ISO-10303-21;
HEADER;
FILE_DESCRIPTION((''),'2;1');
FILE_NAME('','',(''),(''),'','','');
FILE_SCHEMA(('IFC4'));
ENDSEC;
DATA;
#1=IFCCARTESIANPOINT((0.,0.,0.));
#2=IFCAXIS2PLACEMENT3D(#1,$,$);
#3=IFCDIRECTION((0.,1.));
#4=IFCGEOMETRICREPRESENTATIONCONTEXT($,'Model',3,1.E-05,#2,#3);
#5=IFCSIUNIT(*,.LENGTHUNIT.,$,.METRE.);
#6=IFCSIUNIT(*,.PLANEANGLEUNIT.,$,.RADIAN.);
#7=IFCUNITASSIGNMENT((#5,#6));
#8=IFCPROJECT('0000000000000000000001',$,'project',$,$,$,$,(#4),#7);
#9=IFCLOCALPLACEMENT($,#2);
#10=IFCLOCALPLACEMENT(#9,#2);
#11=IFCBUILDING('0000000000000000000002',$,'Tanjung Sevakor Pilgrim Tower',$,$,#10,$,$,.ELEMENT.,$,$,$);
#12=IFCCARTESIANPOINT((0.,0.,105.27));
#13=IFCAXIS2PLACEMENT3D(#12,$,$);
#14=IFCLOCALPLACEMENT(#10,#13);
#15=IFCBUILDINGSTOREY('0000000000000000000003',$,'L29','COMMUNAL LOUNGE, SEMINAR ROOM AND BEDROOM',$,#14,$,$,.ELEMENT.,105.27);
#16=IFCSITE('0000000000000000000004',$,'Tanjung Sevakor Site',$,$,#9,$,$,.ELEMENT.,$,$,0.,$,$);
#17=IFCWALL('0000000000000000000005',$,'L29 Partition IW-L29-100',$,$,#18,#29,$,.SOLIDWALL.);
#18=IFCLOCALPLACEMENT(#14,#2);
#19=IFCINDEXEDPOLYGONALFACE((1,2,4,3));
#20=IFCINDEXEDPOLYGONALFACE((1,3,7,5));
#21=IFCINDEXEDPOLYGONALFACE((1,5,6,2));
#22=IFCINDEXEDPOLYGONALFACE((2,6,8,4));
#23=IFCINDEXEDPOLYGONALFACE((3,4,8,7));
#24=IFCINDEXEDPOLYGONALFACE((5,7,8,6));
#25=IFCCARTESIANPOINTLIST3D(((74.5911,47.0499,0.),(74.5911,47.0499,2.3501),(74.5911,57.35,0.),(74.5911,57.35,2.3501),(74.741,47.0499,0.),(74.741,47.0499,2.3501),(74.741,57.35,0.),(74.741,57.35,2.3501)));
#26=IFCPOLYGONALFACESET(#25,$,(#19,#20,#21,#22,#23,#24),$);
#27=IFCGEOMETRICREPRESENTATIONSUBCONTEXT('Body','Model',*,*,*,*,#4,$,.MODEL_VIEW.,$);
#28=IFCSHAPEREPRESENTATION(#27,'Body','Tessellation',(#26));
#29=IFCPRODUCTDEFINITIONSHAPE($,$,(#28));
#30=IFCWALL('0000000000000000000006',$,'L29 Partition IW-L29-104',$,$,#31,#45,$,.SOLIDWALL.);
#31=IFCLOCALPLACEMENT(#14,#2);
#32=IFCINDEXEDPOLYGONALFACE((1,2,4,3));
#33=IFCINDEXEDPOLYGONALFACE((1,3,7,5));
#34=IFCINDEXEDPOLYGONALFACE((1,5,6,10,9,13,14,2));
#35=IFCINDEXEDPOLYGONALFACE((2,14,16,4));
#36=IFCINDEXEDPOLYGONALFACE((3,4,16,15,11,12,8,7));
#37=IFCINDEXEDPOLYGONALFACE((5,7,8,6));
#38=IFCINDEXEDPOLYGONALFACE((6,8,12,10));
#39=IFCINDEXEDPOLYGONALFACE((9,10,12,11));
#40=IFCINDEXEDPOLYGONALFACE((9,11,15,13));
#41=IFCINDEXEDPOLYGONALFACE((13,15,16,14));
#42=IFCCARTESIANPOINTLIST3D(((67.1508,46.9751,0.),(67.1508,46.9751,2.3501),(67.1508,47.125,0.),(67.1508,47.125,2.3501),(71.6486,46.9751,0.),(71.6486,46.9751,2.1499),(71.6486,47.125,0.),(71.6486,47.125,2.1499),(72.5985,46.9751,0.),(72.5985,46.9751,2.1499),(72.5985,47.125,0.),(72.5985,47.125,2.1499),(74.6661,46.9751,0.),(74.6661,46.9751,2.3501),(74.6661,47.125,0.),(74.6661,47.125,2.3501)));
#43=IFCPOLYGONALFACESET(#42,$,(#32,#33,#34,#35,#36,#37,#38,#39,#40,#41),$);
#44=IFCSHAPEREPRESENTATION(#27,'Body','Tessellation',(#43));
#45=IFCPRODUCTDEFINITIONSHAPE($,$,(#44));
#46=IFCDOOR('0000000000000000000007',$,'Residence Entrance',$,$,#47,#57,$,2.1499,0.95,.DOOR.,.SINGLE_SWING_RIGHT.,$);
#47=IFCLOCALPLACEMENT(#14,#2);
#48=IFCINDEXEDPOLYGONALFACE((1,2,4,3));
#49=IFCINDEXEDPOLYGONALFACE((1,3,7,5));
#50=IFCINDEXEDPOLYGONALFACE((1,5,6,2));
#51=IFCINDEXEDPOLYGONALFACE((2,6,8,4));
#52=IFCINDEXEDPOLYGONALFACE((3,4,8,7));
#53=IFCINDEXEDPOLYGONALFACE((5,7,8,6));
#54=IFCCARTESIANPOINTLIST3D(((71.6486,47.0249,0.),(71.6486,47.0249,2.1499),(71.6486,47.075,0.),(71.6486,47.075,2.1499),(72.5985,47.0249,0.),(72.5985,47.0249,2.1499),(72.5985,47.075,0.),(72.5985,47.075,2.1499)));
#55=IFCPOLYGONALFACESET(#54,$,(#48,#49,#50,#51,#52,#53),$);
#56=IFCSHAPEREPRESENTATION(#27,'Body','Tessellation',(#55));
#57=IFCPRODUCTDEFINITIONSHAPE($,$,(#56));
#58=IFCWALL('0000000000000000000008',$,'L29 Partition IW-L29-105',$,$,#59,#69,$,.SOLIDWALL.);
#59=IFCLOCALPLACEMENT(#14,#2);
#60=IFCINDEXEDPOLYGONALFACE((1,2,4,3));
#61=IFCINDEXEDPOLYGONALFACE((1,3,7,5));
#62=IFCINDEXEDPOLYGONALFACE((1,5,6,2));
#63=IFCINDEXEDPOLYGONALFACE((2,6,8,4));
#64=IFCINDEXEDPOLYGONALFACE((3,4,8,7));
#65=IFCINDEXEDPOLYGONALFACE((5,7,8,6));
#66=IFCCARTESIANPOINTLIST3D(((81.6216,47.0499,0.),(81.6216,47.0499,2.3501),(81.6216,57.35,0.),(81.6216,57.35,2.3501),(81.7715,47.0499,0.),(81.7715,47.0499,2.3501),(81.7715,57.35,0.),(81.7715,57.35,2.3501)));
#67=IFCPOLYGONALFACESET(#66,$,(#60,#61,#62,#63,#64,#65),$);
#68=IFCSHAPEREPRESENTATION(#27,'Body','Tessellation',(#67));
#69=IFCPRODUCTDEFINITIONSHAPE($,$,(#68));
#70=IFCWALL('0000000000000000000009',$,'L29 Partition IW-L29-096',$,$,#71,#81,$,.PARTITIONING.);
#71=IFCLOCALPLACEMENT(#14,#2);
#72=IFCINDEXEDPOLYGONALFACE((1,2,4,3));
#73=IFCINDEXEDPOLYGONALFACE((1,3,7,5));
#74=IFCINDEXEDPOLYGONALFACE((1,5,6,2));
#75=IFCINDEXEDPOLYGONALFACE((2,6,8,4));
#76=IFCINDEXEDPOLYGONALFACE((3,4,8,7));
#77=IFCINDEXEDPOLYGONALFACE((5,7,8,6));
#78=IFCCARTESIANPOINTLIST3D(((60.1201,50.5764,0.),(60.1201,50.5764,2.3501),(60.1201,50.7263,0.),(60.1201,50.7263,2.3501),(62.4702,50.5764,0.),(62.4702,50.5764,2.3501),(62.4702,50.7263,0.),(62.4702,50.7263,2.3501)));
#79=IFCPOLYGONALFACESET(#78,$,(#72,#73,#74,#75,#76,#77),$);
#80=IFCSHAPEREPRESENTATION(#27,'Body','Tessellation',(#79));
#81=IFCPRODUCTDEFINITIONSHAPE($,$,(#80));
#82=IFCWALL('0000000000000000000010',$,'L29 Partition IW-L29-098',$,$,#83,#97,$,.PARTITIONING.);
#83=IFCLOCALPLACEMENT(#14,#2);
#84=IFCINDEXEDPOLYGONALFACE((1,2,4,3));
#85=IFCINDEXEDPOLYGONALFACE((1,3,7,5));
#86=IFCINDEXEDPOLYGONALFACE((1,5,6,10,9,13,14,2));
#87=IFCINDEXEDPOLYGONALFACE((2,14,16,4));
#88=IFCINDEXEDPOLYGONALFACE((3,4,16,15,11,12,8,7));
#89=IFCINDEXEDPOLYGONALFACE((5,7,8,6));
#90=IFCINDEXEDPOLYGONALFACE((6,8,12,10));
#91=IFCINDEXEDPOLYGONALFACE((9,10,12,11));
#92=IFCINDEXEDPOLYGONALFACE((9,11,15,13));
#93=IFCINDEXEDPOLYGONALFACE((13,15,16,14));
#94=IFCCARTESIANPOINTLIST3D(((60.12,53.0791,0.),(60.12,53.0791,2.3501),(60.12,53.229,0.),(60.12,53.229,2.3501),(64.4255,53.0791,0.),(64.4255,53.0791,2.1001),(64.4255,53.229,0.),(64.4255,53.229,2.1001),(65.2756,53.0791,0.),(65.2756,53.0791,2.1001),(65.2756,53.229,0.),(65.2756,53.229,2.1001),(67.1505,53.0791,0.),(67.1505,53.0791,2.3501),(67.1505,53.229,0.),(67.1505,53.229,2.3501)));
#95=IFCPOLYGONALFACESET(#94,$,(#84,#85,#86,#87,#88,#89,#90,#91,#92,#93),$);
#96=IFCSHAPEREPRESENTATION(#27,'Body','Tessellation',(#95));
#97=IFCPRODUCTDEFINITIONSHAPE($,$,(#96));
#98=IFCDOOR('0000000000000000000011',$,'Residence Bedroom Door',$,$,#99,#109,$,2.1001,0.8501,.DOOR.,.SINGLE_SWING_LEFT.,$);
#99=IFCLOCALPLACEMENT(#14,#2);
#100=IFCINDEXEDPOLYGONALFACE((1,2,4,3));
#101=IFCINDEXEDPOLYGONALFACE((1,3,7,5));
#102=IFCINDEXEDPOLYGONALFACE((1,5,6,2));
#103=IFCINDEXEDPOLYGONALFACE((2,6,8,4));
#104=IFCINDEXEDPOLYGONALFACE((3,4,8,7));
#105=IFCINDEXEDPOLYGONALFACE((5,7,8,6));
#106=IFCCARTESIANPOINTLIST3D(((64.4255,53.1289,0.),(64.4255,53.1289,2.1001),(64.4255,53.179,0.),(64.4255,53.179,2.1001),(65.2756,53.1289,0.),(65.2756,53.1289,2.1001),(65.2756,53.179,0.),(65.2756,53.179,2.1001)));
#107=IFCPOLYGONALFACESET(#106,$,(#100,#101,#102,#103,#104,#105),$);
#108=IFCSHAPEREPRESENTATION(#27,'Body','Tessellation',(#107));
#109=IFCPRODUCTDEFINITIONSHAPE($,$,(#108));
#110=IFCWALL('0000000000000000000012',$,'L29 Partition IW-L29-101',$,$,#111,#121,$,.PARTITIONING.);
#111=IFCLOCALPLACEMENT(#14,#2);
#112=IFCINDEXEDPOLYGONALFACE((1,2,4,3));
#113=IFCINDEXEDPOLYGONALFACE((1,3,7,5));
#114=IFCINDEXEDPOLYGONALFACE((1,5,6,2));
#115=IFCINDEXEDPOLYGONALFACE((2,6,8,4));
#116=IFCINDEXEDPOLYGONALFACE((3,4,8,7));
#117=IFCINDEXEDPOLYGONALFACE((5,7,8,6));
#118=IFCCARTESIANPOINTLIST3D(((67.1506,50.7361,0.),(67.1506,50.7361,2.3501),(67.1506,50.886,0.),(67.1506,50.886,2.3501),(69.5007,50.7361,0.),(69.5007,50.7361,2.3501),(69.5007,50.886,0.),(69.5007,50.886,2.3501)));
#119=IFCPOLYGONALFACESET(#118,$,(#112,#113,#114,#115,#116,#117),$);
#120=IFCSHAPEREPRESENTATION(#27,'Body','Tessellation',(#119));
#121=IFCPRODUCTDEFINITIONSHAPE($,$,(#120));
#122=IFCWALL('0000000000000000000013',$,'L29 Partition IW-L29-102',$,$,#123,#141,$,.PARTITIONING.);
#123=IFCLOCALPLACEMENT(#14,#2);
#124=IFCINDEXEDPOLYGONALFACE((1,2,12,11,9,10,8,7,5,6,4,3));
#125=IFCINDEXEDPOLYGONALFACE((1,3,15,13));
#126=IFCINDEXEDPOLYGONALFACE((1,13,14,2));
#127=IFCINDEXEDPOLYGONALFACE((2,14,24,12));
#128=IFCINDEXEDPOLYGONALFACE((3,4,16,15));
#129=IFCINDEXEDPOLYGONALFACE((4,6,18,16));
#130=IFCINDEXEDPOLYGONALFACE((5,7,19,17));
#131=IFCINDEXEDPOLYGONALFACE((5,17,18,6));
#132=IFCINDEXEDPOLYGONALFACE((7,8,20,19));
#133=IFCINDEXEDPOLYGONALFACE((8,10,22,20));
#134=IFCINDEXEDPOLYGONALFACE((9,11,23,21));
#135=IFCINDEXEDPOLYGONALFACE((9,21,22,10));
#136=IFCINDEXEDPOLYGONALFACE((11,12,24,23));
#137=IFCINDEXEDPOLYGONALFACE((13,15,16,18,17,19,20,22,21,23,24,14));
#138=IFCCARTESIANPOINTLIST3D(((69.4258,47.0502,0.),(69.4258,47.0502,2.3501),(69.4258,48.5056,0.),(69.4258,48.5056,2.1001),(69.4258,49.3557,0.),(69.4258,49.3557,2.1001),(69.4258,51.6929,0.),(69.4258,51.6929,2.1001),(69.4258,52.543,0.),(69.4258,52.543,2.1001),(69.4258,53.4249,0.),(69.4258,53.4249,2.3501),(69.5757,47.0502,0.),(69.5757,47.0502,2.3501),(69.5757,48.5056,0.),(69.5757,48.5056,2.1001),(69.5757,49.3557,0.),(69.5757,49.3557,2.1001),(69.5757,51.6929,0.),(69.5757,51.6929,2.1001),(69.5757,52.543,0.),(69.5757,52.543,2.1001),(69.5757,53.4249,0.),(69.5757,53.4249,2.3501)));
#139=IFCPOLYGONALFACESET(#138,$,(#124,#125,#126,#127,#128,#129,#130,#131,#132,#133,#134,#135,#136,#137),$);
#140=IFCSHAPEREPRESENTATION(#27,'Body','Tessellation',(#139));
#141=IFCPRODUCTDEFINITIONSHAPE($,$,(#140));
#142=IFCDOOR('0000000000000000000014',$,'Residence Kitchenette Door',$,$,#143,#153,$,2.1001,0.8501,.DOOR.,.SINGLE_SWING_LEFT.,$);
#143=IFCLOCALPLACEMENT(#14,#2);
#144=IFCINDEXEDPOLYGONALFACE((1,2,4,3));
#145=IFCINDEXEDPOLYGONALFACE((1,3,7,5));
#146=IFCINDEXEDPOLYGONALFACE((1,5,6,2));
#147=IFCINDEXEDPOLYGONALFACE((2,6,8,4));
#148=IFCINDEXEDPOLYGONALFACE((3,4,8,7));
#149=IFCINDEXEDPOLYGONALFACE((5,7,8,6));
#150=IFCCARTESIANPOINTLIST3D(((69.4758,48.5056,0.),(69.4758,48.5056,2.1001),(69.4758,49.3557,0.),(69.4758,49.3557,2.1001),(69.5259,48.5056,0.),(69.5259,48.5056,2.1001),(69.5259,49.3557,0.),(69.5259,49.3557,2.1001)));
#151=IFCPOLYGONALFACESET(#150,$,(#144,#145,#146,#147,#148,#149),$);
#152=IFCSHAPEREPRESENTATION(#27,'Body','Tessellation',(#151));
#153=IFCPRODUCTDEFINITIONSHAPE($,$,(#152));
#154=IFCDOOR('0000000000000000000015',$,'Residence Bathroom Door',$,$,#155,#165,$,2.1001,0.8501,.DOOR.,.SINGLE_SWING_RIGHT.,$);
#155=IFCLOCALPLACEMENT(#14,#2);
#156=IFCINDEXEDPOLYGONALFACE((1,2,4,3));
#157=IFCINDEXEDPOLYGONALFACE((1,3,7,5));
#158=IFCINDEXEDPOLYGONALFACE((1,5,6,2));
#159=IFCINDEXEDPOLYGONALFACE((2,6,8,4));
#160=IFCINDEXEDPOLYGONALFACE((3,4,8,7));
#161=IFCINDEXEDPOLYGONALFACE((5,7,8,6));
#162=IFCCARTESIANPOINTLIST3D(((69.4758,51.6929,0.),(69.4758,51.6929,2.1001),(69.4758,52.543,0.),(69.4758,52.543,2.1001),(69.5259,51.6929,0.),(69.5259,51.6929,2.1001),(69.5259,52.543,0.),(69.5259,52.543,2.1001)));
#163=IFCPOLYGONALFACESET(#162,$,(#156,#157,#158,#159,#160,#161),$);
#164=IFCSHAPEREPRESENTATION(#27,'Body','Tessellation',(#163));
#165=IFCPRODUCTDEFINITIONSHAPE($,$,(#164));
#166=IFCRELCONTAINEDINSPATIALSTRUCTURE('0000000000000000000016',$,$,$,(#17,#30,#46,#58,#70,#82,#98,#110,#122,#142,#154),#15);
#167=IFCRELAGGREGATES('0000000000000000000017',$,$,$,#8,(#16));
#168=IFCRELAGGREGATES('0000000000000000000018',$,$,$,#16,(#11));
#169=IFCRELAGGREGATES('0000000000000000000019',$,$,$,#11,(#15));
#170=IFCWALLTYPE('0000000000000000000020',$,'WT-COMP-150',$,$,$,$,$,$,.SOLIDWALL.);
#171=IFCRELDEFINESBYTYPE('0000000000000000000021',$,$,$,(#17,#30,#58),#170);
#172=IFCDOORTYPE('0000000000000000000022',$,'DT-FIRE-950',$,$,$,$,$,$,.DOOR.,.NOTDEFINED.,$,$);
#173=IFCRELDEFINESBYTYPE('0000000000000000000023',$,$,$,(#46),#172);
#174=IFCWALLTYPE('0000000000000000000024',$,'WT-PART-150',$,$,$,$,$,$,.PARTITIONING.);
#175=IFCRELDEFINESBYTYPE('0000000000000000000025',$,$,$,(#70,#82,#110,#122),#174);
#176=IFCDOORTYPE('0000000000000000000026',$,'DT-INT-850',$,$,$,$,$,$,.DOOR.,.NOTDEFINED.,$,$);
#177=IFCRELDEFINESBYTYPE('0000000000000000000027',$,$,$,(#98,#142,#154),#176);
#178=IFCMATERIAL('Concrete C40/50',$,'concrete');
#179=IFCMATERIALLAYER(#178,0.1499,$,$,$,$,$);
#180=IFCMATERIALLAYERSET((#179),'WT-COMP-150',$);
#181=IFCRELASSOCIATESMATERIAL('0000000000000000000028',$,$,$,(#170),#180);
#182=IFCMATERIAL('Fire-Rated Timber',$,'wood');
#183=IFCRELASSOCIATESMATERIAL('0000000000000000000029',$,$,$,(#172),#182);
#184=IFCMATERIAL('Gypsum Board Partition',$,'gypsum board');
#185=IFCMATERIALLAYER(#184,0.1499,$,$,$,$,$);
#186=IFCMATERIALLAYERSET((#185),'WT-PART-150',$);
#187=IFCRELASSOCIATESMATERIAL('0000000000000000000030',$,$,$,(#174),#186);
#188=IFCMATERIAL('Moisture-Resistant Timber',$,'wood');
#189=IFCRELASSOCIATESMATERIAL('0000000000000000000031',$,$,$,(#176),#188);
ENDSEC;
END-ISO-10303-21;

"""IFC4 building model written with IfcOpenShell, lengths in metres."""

from ifc_helpers import new_model, si_unit, direction, frame, frame_2d, origin, place, context, subcontext, project, spatial, rectangle, extrude, material, layer, layer_set, type_object, element, fill, save


model = new_model("IFC4")

# Units and contexts
model_context = context("Model", 3, precision=1e-05, world=origin(), true_north=direction((0.0, 1.0)))
body_context = subcontext(model_context, "Body", "Model", "MODEL_VIEW")
ifc_project = project(units=[si_unit("LENGTHUNIT", "METRE"), si_unit("PLANEANGLEUNIT", "RADIAN")], contexts=[model_context])

# Site, building, storey
site_placement = place(None, origin())
site = spatial("IfcSite", under=ifc_project, at=site_placement, Name="Tanjung Sevakor Site", CompositionType="ELEMENT", RefElevation=0.0)
building_placement = place(site_placement, origin())
building = spatial("IfcBuilding", under=site, at=building_placement, Name="Tanjung Sevakor Pilgrim Tower", CompositionType="ELEMENT")
storey_placement = place(building_placement, frame((0.0, 0.0, 105.27)))
storey = spatial("IfcBuildingStorey", under=building, at=storey_placement, Name="L29", Description="COMMUNAL LOUNGE, SEMINAR ROOM AND BEDROOM", CompositionType="ELEMENT", Elevation=105.27)

# Wall
ifc_material_1 = material(Name="Concrete C40/50", Category="concrete")
ifc_layer_1 = layer(ifc_material_1, 0.1499)
ifc_layer_set_1 = layer_set([ifc_layer_1], Name="WT-COMP-150")
wall_type_1 = type_object("IfcWallType", Name="WT-COMP-150", PredefinedType="SOLIDWALL", material=ifc_layer_set_1)
wall_1_placement = place(storey_placement, frame((74.666, 47.05, 0.0), z_axis=(0.0, 0.0, 1.0), x_axis=(0.0, 1.0, 0.0)))
element("IfcWall", 1, at=wall_1_placement, inside=storey, type_object=wall_type_1, Name="L29 Partition IW-L29-100", PredefinedType="SOLIDWALL", context=body_context, shape_type="SweptSolid", body=[
    extrude(rectangle(XDim=10.3, YDim=0.1499, at=frame_2d((5.1499, 0.0))), origin(), (0.0, 0.0, 1.0), 2.3501),
])

# Wall, opening, door
wall_2_placement = place(storey_placement, frame((67.1506, 47.05, 0.0), z_axis=(0.0, 0.0, 1.0), x_axis=(1.0, 0.0, 0.0)))
wall_2 = element("IfcWall", 2, at=wall_2_placement, inside=storey, type_object=wall_type_1, Name="L29 Partition IW-L29-104", PredefinedType="SOLIDWALL", context=body_context, shape_type="SweptSolid", body=[
    extrude(rectangle(XDim=7.5154, YDim=0.1499, at=frame_2d((3.7578, 0.0))), origin(), (0.0, 0.0, 1.0), 2.3501),
])
opening_1_placement = place(wall_2_placement, frame((4.4978, 0.0, 0.0)))
opening_1 = element("IfcOpeningElement", 3, at=opening_1_placement, cuts=wall_2, PredefinedType="OPENING", context=body_context, shape_type="SweptSolid", body=[
    extrude(rectangle(XDim=0.95, YDim=2.1499, at=frame_2d((0.4751, 1.075))), frame((0.0, 0.085, 0.0), z_axis=(0.0, -1.0, 0.0), x_axis=(1.0, 0.0, 0.0)), (0.0, 0.0, 1.0), 0.1699),
])
ifc_material_2 = material(Name="Fire-Rated Timber", Category="wood")
door_type_1 = type_object("IfcDoorType", Name="DT-FIRE-950", OperationType="NOTDEFINED", PredefinedType="DOOR", material=ifc_material_2)
door_1_placement = place(opening_1_placement, origin())
door_1 = element("IfcDoor", 4, at=door_1_placement, inside=storey, type_object=door_type_1, Name="Residence Entrance", OperationType="SINGLE_SWING_RIGHT", OverallHeight=2.1499, OverallWidth=0.95, PredefinedType="DOOR", context=body_context, shape_type="SweptSolid", body=[
    extrude(rectangle(XDim=0.95, YDim=2.1499, at=frame_2d((0.4751, 1.075))), frame((0.0, 0.0249, 0.0), z_axis=(0.0, -1.0, 0.0), x_axis=(1.0, 0.0, 0.0)), (0.0, 0.0, 1.0), 0.05),
])
fill(opening_1, door_1)

# Wall
wall_3_placement = place(storey_placement, frame((81.6965, 47.05, 0.0), z_axis=(0.0, 0.0, 1.0), x_axis=(0.0, 1.0, 0.0)))
element("IfcWall", 5, at=wall_3_placement, inside=storey, type_object=wall_type_1, Name="L29 Partition IW-L29-105", PredefinedType="SOLIDWALL", context=body_context, shape_type="SweptSolid", body=[
    extrude(rectangle(XDim=10.3, YDim=0.1499, at=frame_2d((5.1499, 0.0))), origin(), (0.0, 0.0, 1.0), 2.3501),
])

# Wall
ifc_material_3 = material(Name="Gypsum Board Partition", Category="gypsum board")
ifc_layer_2 = layer(ifc_material_3, 0.1499)
ifc_layer_set_2 = layer_set([ifc_layer_2], Name="WT-PART-150")
wall_type_2 = type_object("IfcWallType", Name="WT-PART-150", PredefinedType="PARTITIONING", material=ifc_layer_set_2)
wall_4_placement = place(storey_placement, frame((60.1201, 50.6514, 0.0), z_axis=(0.0, 0.0, 1.0), x_axis=(1.0, 0.0, 0.0)))
element("IfcWall", 6, at=wall_4_placement, inside=storey, type_object=wall_type_2, Name="L29 Partition IW-L29-096", PredefinedType="PARTITIONING", context=body_context, shape_type="SweptSolid", body=[
    extrude(rectangle(XDim=2.3501, YDim=0.1499, at=frame_2d((1.175, 0.0))), origin(), (0.0, 0.0, 1.0), 2.3501),
])

# Wall, opening, door
wall_5_placement = place(storey_placement, frame((60.1201, 53.1541, 0.0), z_axis=(0.0, 0.0, 1.0), x_axis=(1.0, 0.0, 0.0)))
wall_5 = element("IfcWall", 7, at=wall_5_placement, inside=storey, type_object=wall_type_2, Name="L29 Partition IW-L29-098", PredefinedType="PARTITIONING", context=body_context, shape_type="SweptSolid", body=[
    extrude(rectangle(XDim=7.0305, YDim=0.1499, at=frame_2d((3.5151, 0.0))), origin(), (0.0, 0.0, 1.0), 2.3501),
])
opening_2_placement = place(wall_5_placement, frame((4.3054, 0.0, 0.0)))
opening_2 = element("IfcOpeningElement", 8, at=opening_2_placement, cuts=wall_5, PredefinedType="OPENING", context=body_context, shape_type="SweptSolid", body=[
    extrude(rectangle(XDim=0.8501, YDim=2.1001, at=frame_2d((0.425, 1.05))), frame((0.0, 0.085, 0.0), z_axis=(0.0, -1.0, 0.0), x_axis=(1.0, 0.0, 0.0)), (0.0, 0.0, 1.0), 0.1699),
])
ifc_material_4 = material(Name="Moisture-Resistant Timber", Category="wood")
door_type_2 = type_object("IfcDoorType", Name="DT-INT-850", OperationType="NOTDEFINED", PredefinedType="DOOR", material=ifc_material_4)
door_2_placement = place(opening_2_placement, origin())
door_2 = element("IfcDoor", 9, at=door_2_placement, inside=storey, type_object=door_type_2, Name="Residence Bedroom Door", OperationType="SINGLE_SWING_LEFT", OverallHeight=2.1001, OverallWidth=0.8501, PredefinedType="DOOR", context=body_context, shape_type="SweptSolid", body=[
    extrude(rectangle(XDim=0.8501, YDim=2.1001, at=frame_2d((0.425, 1.05))), frame((0.0, 0.0249, 0.0), z_axis=(0.0, -1.0, 0.0), x_axis=(1.0, 0.0, 0.0)), (0.0, 0.0, 1.0), 0.05),
])
fill(opening_2, door_2)

# Wall
wall_6_placement = place(storey_placement, frame((67.1506, 50.811, 0.0), z_axis=(0.0, 0.0, 1.0), x_axis=(1.0, 0.0, 0.0)))
element("IfcWall", 10, at=wall_6_placement, inside=storey, type_object=wall_type_2, Name="L29 Partition IW-L29-101", PredefinedType="PARTITIONING", context=body_context, shape_type="SweptSolid", body=[
    extrude(rectangle(XDim=2.3501, YDim=0.1499, at=frame_2d((1.175, 0.0))), origin(), (0.0, 0.0, 1.0), 2.3501),
])

# Wall, openings, doors
wall_7_placement = place(storey_placement, frame((69.5007, 47.05, 0.0), z_axis=(0.0, 0.0, 1.0), x_axis=(0.0, 1.0, 0.0)))
wall_7 = element("IfcWall", 11, at=wall_7_placement, inside=storey, type_object=wall_type_2, Name="L29 Partition IW-L29-102", PredefinedType="PARTITIONING", context=body_context, shape_type="SweptSolid", body=[
    extrude(rectangle(XDim=6.3748, YDim=0.1499, at=frame_2d((3.1875, 0.0))), origin(), (0.0, 0.0, 1.0), 2.3501),
])
opening_3_placement = place(wall_7_placement, frame((1.4556, 0.0, 0.0)))
opening_3 = element("IfcOpeningElement", 12, at=opening_3_placement, cuts=wall_7, PredefinedType="OPENING", context=body_context, shape_type="SweptSolid", body=[
    extrude(rectangle(XDim=0.8501, YDim=2.1001, at=frame_2d((0.425, 1.05))), frame((0.0, 0.085, 0.0), z_axis=(0.0, -1.0, 0.0), x_axis=(1.0, 0.0, 0.0)), (0.0, 0.0, 1.0), 0.1699),
])
opening_4_placement = place(wall_7_placement, frame((4.6428, 0.0, 0.0)))
opening_4 = element("IfcOpeningElement", 13, at=opening_4_placement, cuts=wall_7, PredefinedType="OPENING", context=body_context, shape_type="SweptSolid", body=[
    extrude(rectangle(XDim=0.8501, YDim=2.1001, at=frame_2d((0.425, 1.05))), frame((0.0, 0.085, 0.0), z_axis=(0.0, -1.0, 0.0), x_axis=(1.0, 0.0, 0.0)), (0.0, 0.0, 1.0), 0.1699),
])
door_3_placement = place(opening_3_placement, origin())
door_3 = element("IfcDoor", 14, at=door_3_placement, inside=storey, type_object=door_type_2, Name="Residence Kitchenette Door", OperationType="SINGLE_SWING_LEFT", OverallHeight=2.1001, OverallWidth=0.8501, PredefinedType="DOOR", context=body_context, shape_type="SweptSolid", body=[
    extrude(rectangle(XDim=0.8501, YDim=2.1001, at=frame_2d((0.425, 1.05))), frame((0.0, 0.0249, 0.0), z_axis=(0.0, -1.0, 0.0), x_axis=(1.0, 0.0, 0.0)), (0.0, 0.0, 1.0), 0.05),
])
fill(opening_3, door_3)
door_4_placement = place(opening_4_placement, origin())
door_4 = element("IfcDoor", 15, at=door_4_placement, inside=storey, type_object=door_type_2, Name="Residence Bathroom Door", OperationType="SINGLE_SWING_RIGHT", OverallHeight=2.1001, OverallWidth=0.8501, PredefinedType="DOOR", context=body_context, shape_type="SweptSolid", body=[
    extrude(rectangle(XDim=0.8501, YDim=2.1001, at=frame_2d((0.425, 1.05))), frame((0.0, 0.0249, 0.0), z_axis=(0.0, -1.0, 0.0), x_axis=(1.0, 0.0, 0.0)), (0.0, 0.0, 1.0), 0.05),
])
fill(opening_4, door_4)

save(model, "model.ifc")
